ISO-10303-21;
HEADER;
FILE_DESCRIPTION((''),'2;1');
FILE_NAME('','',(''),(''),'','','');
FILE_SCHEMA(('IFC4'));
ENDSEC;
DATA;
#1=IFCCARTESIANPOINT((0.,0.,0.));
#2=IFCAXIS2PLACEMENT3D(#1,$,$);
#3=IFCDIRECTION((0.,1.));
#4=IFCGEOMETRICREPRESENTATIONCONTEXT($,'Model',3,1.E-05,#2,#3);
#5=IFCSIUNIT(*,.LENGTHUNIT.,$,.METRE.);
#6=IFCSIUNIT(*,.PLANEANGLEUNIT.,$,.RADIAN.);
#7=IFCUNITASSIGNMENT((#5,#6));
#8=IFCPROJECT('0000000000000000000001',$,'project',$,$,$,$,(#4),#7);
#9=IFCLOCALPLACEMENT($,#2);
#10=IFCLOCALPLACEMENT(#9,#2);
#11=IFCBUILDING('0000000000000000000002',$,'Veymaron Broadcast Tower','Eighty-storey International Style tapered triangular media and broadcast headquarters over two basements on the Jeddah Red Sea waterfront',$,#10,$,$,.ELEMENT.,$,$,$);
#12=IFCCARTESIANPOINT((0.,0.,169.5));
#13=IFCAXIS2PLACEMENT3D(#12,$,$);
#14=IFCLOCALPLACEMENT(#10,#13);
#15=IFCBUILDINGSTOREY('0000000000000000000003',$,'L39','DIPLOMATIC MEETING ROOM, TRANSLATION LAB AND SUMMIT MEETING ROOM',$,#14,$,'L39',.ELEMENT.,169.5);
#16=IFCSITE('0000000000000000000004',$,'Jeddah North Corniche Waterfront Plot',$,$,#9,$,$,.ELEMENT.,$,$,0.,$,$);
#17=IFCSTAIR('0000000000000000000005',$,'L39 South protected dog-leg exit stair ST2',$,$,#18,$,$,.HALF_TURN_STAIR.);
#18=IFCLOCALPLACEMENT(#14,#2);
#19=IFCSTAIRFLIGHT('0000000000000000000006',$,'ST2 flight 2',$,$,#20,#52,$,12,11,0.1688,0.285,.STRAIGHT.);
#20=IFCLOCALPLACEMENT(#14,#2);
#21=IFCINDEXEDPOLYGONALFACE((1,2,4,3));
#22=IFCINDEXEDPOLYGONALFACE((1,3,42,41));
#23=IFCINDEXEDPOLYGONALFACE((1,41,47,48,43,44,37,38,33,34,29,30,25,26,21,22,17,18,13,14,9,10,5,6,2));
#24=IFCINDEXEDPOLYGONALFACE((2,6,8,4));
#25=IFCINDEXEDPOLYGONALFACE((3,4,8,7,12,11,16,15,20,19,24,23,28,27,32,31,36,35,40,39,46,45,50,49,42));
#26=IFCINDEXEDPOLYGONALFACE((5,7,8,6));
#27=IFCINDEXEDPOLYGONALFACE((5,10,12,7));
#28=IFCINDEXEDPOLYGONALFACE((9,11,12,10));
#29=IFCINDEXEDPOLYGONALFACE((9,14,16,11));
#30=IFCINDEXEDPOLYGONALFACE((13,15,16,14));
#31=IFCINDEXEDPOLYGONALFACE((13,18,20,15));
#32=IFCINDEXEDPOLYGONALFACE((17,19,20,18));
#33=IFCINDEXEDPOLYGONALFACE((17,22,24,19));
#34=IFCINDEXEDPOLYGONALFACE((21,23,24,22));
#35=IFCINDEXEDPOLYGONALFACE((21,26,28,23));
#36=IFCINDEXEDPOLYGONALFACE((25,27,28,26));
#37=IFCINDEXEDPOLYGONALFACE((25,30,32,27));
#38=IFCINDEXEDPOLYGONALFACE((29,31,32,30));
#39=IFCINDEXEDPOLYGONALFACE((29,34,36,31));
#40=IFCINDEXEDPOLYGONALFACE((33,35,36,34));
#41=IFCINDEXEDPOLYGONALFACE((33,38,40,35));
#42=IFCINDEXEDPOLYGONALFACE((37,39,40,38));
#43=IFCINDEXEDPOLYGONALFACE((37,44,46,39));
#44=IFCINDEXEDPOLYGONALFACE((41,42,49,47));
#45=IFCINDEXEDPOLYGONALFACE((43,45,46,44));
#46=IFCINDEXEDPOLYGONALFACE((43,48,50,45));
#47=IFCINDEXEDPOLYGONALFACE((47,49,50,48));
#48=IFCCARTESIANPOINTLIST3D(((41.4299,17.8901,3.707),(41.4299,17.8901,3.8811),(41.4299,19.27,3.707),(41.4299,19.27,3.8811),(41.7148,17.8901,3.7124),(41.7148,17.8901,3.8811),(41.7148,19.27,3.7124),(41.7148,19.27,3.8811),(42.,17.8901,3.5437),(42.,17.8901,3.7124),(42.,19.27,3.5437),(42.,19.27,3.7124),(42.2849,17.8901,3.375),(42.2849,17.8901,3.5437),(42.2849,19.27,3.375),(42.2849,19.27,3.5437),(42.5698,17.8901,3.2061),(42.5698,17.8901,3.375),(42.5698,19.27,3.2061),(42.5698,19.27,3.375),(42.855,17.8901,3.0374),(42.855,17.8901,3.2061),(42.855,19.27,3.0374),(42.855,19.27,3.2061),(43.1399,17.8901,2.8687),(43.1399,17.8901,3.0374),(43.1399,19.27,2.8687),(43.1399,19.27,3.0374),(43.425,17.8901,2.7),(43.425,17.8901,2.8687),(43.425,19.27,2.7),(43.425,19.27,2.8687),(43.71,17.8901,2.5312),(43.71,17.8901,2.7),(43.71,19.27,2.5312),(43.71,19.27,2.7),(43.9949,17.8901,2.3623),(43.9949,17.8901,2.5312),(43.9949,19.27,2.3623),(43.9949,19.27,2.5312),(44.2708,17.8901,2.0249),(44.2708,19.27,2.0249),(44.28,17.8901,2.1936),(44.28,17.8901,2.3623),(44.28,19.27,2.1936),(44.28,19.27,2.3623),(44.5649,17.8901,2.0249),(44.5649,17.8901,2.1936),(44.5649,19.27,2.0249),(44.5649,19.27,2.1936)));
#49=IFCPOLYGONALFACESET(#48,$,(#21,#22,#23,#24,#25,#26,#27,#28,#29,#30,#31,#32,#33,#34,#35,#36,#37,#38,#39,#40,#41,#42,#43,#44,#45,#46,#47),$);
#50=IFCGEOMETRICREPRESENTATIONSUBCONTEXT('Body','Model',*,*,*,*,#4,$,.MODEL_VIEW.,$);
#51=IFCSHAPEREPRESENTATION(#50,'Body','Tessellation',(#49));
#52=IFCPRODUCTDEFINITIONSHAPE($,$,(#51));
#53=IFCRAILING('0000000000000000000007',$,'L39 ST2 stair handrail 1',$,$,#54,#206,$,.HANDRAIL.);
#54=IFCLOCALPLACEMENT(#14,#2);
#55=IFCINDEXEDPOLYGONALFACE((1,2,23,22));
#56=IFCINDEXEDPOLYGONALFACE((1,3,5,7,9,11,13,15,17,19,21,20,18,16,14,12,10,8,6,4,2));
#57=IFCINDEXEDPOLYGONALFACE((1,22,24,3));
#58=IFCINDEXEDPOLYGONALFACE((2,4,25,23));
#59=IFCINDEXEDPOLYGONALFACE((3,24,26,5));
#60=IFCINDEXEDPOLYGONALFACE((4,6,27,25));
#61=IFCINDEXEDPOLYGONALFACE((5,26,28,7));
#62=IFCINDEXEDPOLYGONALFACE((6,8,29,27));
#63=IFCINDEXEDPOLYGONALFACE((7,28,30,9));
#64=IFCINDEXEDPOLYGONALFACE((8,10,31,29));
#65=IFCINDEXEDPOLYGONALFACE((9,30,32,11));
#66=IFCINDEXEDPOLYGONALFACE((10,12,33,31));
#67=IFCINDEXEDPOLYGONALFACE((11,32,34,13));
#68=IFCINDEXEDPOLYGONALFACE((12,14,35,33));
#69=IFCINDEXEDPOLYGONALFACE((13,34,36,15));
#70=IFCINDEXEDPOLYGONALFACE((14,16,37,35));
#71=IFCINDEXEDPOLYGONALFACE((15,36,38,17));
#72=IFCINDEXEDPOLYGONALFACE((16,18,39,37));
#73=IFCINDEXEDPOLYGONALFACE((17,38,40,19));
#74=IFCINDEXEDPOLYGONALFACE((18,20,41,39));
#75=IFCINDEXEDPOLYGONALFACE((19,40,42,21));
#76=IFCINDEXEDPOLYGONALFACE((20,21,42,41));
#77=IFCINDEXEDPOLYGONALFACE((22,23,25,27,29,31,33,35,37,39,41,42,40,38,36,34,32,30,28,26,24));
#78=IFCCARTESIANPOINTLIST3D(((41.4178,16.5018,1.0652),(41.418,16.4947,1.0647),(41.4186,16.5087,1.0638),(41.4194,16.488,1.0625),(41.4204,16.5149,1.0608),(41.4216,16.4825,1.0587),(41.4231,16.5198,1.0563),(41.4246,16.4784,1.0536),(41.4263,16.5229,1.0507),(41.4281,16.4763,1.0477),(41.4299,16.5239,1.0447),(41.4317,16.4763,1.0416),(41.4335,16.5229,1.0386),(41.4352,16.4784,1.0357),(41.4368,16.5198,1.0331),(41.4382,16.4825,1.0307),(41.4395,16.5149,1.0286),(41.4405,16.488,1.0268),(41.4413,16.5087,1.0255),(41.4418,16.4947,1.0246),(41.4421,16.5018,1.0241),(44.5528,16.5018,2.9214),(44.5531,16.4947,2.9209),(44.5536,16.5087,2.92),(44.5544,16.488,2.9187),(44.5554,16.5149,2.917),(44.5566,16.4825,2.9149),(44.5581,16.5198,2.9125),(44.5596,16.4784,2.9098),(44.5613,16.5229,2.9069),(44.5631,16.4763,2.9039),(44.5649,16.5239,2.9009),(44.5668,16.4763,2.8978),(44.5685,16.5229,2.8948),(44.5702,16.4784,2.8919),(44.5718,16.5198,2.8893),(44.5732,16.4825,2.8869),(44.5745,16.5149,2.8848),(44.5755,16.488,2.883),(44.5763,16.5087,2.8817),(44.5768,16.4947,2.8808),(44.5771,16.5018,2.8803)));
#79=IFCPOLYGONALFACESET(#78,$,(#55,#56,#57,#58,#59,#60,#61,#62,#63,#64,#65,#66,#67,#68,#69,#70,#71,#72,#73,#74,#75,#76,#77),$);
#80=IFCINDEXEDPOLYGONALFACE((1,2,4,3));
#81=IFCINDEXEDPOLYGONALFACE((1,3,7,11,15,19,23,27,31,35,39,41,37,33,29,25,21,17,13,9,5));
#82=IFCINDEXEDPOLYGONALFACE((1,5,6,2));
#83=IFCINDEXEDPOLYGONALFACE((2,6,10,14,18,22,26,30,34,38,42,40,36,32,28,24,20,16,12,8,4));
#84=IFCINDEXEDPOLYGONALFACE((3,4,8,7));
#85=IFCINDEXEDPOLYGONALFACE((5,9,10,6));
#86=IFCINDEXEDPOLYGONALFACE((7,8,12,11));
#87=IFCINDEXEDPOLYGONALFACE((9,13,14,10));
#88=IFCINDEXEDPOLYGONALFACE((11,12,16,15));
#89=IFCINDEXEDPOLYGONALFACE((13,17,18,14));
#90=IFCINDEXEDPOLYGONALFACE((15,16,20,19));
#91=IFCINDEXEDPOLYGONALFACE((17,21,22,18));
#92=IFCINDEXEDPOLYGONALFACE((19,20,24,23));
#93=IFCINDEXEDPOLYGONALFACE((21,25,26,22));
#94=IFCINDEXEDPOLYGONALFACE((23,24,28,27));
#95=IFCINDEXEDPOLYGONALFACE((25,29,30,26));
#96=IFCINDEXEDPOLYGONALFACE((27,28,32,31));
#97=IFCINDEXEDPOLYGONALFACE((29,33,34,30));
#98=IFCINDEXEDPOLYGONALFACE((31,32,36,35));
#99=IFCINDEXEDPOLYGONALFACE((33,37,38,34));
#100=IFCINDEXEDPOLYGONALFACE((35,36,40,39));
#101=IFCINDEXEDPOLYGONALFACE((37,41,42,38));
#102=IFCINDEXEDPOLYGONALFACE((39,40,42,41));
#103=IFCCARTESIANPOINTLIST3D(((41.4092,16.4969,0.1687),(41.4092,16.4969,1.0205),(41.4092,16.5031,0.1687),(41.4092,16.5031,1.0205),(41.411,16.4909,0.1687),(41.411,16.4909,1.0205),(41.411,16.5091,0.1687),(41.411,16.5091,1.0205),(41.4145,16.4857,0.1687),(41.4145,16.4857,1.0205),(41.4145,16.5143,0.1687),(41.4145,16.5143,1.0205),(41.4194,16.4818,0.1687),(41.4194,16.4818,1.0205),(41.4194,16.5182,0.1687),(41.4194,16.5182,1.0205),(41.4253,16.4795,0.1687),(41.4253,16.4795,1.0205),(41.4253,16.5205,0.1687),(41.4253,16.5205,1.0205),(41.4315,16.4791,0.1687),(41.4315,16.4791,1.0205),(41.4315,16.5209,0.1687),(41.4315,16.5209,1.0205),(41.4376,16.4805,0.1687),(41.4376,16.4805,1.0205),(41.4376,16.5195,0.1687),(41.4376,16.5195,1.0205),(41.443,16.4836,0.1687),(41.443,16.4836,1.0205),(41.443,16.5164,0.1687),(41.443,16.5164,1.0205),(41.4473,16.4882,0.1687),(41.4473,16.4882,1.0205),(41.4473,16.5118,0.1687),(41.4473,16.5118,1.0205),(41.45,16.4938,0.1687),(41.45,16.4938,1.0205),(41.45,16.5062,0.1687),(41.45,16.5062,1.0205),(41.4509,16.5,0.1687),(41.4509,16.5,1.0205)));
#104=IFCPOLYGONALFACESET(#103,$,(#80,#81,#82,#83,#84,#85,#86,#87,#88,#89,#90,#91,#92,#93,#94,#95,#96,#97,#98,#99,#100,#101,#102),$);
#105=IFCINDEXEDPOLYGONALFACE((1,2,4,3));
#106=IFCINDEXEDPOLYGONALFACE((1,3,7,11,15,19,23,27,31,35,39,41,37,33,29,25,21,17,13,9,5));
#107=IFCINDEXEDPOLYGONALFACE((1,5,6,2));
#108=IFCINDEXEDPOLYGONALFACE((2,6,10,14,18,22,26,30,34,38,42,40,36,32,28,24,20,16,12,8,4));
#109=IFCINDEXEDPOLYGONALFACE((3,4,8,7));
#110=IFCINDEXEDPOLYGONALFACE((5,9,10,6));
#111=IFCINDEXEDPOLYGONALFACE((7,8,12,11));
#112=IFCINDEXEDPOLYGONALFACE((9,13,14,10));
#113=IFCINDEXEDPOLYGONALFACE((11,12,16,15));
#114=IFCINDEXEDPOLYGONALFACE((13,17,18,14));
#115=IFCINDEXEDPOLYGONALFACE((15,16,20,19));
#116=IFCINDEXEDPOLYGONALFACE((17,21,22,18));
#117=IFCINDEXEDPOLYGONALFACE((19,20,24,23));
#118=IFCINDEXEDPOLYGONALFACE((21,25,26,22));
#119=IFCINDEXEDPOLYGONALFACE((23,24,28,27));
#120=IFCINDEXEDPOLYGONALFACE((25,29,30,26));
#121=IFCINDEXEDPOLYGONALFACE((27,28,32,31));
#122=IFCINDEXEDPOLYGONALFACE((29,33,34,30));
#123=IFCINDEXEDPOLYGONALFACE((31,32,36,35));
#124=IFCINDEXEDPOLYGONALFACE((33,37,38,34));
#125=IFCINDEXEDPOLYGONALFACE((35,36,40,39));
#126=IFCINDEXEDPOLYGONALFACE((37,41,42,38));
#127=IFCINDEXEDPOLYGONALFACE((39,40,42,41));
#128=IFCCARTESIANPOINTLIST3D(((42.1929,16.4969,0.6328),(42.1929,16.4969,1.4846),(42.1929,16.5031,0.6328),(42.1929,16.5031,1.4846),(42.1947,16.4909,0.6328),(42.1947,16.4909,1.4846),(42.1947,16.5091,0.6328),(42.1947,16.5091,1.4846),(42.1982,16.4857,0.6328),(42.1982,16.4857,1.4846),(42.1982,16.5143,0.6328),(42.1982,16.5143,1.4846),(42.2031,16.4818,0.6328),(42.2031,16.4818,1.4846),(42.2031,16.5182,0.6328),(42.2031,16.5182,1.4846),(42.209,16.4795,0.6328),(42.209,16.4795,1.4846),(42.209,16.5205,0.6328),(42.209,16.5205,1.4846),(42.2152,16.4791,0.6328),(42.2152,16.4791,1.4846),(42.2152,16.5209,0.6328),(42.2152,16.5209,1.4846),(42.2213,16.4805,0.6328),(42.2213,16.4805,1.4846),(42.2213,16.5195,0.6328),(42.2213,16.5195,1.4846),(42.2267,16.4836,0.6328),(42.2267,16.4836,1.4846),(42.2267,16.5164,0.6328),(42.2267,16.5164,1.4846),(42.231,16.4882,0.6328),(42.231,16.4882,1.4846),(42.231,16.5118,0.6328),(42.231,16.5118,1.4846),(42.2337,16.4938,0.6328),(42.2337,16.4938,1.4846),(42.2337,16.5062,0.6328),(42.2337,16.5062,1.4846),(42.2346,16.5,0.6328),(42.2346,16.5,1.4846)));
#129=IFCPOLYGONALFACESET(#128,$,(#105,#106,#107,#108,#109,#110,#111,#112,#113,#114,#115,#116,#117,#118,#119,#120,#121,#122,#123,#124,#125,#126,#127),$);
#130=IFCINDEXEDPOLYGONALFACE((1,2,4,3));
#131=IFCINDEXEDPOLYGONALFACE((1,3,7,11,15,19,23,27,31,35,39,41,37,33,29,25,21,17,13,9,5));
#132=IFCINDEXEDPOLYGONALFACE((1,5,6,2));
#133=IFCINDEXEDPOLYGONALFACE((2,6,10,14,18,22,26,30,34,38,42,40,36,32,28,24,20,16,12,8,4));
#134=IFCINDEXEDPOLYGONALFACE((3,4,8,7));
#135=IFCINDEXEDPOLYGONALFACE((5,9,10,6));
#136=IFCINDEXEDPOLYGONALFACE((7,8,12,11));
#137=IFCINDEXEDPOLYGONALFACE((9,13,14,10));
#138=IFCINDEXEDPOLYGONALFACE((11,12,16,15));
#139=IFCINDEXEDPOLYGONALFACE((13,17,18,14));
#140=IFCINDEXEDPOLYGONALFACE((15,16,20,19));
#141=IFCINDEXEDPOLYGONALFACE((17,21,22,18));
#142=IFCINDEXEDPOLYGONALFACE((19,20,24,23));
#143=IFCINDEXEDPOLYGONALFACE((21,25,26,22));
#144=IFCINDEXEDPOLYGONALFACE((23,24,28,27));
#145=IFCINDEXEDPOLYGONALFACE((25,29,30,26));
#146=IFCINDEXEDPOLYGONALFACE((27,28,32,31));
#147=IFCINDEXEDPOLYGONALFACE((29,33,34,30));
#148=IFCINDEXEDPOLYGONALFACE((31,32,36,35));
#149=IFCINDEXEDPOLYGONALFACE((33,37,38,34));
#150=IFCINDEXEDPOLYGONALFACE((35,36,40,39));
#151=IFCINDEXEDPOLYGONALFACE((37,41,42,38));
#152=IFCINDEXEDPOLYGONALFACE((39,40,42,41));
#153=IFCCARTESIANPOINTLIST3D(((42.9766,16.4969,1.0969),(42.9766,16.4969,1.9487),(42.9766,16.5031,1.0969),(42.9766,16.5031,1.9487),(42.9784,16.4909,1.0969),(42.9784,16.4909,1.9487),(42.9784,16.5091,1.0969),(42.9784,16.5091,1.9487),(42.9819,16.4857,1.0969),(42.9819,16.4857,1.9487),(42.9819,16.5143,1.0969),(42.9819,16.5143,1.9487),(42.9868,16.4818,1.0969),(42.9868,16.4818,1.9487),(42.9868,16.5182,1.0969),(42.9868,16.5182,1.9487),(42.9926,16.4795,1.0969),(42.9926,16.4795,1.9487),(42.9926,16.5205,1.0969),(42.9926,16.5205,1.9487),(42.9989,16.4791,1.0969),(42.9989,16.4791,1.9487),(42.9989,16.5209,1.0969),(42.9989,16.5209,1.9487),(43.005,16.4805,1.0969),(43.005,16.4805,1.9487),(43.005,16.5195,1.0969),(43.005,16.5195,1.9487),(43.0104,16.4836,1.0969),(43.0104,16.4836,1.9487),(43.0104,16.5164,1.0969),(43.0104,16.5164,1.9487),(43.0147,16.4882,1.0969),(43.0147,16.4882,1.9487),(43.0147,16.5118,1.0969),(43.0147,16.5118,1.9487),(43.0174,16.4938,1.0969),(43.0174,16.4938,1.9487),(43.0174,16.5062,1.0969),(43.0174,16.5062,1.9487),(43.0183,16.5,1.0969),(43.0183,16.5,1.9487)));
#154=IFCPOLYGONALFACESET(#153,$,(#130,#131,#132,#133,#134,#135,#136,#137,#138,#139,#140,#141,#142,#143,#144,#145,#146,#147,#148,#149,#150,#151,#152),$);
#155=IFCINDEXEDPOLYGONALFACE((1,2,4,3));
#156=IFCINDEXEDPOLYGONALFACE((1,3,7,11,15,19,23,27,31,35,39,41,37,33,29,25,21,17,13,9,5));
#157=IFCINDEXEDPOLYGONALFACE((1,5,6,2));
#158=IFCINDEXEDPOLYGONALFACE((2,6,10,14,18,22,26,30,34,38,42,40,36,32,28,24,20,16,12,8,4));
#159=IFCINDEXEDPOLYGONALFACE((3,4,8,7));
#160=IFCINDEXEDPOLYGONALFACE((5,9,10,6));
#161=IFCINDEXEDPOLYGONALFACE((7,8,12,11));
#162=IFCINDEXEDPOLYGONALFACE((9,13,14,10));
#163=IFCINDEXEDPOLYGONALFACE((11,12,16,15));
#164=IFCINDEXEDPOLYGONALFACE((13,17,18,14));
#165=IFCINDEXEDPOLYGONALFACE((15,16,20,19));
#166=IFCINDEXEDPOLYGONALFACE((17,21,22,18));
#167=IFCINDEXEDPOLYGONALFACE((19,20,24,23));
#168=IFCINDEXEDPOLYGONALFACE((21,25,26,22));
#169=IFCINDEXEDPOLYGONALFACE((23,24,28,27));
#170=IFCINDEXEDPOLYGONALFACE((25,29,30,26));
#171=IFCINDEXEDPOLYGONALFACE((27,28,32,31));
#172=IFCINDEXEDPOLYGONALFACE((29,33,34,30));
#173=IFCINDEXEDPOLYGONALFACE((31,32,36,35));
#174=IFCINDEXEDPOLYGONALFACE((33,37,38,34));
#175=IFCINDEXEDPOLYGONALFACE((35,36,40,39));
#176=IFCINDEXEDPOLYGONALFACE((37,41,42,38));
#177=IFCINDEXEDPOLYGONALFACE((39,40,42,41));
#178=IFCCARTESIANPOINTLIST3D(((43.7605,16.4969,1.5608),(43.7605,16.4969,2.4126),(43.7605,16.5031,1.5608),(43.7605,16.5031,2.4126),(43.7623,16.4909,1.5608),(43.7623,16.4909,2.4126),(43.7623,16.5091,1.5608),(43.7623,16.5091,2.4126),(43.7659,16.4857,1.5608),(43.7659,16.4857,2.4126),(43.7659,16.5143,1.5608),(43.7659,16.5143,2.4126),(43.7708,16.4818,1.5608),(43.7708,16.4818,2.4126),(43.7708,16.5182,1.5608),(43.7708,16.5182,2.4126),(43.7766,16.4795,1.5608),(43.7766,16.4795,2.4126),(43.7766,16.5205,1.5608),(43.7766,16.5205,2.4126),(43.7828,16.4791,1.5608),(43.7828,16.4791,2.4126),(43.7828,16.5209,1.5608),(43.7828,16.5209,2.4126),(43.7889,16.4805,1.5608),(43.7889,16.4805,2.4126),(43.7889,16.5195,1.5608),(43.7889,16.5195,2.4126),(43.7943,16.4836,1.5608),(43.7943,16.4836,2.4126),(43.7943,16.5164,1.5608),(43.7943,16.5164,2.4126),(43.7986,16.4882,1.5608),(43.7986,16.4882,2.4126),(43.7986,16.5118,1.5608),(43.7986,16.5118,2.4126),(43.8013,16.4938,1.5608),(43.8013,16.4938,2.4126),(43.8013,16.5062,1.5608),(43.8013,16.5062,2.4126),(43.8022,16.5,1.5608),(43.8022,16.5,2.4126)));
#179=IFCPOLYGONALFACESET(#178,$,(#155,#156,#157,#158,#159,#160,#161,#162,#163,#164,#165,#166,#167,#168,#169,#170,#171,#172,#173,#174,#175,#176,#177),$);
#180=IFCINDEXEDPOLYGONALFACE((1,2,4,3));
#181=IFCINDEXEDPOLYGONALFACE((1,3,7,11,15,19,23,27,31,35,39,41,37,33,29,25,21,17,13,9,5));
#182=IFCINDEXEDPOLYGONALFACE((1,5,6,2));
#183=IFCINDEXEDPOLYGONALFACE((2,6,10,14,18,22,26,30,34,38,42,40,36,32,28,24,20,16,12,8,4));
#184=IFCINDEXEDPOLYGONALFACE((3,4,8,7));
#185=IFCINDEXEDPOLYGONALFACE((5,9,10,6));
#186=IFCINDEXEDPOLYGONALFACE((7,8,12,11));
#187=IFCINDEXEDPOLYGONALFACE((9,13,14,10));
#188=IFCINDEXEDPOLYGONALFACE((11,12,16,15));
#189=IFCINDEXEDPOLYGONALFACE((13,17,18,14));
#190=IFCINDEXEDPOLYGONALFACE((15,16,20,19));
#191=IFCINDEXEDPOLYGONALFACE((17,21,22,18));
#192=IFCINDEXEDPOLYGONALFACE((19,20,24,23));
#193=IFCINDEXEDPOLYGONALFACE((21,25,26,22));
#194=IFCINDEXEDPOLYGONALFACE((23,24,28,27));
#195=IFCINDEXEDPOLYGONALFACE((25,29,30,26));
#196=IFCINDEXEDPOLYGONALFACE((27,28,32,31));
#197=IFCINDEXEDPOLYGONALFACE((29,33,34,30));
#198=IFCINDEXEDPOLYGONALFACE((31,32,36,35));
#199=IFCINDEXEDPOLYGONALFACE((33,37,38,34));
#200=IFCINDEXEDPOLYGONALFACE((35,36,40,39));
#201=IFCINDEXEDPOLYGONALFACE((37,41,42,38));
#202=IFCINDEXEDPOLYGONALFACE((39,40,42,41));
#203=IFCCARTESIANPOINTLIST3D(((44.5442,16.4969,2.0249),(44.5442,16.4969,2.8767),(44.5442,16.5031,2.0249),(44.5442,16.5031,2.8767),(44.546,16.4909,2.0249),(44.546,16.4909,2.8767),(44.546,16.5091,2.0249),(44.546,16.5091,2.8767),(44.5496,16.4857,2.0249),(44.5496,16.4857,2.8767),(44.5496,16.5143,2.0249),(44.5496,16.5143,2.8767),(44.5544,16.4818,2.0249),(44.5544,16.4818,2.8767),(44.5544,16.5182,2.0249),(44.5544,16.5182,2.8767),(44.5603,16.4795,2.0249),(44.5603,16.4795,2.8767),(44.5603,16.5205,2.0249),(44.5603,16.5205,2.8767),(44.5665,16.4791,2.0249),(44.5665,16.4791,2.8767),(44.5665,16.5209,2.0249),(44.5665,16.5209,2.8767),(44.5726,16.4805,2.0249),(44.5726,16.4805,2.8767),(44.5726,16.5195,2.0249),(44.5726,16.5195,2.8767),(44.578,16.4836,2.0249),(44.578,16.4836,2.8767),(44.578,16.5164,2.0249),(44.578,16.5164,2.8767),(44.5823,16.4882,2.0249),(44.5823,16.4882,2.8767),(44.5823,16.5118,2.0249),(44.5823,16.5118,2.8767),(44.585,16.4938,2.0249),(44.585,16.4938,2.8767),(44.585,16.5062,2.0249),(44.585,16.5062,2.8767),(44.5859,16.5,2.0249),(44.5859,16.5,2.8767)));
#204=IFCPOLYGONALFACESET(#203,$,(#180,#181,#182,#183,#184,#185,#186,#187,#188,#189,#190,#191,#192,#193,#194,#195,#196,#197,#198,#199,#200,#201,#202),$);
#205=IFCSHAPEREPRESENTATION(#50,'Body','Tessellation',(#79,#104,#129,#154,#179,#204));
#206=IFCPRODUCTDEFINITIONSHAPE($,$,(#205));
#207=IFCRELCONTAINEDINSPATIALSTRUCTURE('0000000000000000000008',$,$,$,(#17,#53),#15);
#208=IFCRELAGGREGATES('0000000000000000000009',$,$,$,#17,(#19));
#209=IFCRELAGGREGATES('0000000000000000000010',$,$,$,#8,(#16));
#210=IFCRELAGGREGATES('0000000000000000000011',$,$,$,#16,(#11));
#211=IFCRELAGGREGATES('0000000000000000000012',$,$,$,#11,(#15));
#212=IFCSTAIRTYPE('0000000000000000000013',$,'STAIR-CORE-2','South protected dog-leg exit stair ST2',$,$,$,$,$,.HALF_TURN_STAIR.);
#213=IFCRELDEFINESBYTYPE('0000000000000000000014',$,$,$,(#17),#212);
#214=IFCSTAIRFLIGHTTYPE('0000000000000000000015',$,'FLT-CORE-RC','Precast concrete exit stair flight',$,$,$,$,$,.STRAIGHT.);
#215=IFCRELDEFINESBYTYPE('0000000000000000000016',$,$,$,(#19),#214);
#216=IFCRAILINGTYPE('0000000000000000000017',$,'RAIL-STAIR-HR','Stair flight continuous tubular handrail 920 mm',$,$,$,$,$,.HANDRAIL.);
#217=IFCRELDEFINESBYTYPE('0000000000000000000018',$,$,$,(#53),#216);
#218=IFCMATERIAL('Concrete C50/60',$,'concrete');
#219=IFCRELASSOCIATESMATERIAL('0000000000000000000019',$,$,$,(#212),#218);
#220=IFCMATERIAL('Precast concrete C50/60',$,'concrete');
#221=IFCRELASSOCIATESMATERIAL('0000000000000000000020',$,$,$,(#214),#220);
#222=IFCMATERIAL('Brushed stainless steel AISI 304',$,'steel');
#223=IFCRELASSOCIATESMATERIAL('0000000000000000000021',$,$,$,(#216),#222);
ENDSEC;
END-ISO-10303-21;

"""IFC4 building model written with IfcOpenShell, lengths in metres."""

from ifc_helpers import new_model, si_unit, direction, frame, origin, origin_2d, place, context, subcontext, project, spatial, polyline, circle, outline, extrude, material, type_object, element, aggregate, save


model = new_model("IFC4")

# Units and contexts
model_context = context("Model", 3, precision=1e-05, world=origin(), true_north=direction((0.0, 1.0)))
body_context = subcontext(model_context, "Body", "Model", "MODEL_VIEW")
ifc_project = project(units=[si_unit("LENGTHUNIT", "METRE"), si_unit("PLANEANGLEUNIT", "RADIAN")], contexts=[model_context])

# Site, building, storey
site_placement = place(None, origin())
site = spatial("IfcSite", under=ifc_project, at=site_placement, Name="Jeddah North Corniche Waterfront Plot", CompositionType="ELEMENT", RefElevation=0.0)
building_placement = place(site_placement, origin())
building = spatial("IfcBuilding", under=site, at=building_placement, Name="Veymaron Broadcast Tower", Description="Eighty-storey International Style tapered triangular media and broadcast headquarters over two basements on the Jeddah Red Sea waterfront", CompositionType="ELEMENT")
storey_placement = place(building_placement, frame((0.0, 0.0, 169.5)))
storey = spatial("IfcBuildingStorey", under=building, at=storey_placement, Name="L39", Description="DIPLOMATIC MEETING ROOM, TRANSLATION LAB AND SUMMIT MEETING ROOM", LongName="L39", CompositionType="ELEMENT", Elevation=169.5)

# Shared definitions
ifc_material_1 = material(Name="Brushed stainless steel AISI 304", Category="steel")

# Shared definitions
ifc_material_2 = material(Name="Concrete C50/60", Category="concrete")

# Stair, stair flight
stair_type = type_object("IfcStairType", Name="STAIR-CORE-2", Description="South protected dog-leg exit stair ST2", PredefinedType="HALF_TURN_STAIR", material=ifc_material_2)
stair_placement = place(storey_placement, origin())
stair = element("IfcStair", 1, at=stair_placement, inside=storey, type_object=stair_type, Name="L39 South protected dog-leg exit stair ST2", PredefinedType="HALF_TURN_STAIR")
ifc_material_3 = material(Name="Precast concrete C50/60", Category="concrete")
stair_flight_type = type_object("IfcStairFlightType", Name="FLT-CORE-RC", Description="Precast concrete exit stair flight", PredefinedType="STRAIGHT", material=ifc_material_3)
stair_flight_1_placement = place(storey_placement, frame((44.5649, 18.5801, 2.0249), z_axis=(0.0, 0.0, 1.0), x_axis=(-1.0, 0.0, 0.0)))
stair_flight_1 = element("IfcStairFlight", 2, at=stair_flight_1_placement, type_object=stair_flight_type, Name="ST2 flight 2", NumberOfRisers=12, NumberOfTreads=11, PredefinedType="STRAIGHT", RiserHeight=0.1688, TreadLength=0.285, context=body_context, shape_type="SweptSolid", body=[
    extrude(outline(polyline([(0.0, 0.0), (0.0, 0.1687), (0.2849, 0.1687), (0.2849, 0.3374), (0.5701, 0.3374), (0.5701, 0.5063), (0.855, 0.5063), (0.855, 0.675), (1.1399, 0.675), (1.1399, 0.8438), (1.425, 0.8438), (1.425, 1.0125), (1.71, 1.0125), (1.71, 1.1812), (1.9951, 1.1812), (1.9951, 1.3501), (2.28, 1.3501), (2.28, 1.5188), (2.5649, 1.5188), (2.5649, 1.6875), (2.8501, 1.6875), (2.8501, 1.8562), (3.135, 1.8562), (3.135, 2.0249), (3.135, 1.6821), (0.2942, 0.0), (0.0, 0.0)])), frame((0.0, 0.6899, 0.0), z_axis=(0.0, -1.0, 0.0), x_axis=(1.0, 0.0, 0.0)), (0.0, 0.0, 1.0), 1.3799),
])
aggregate(stair, [stair_flight_1])

# Railing
railing_type_1 = type_object("IfcRailingType", Name="RAIL-STAIR-HR", Description="Stair flight continuous tubular handrail 920 mm", PredefinedType="HANDRAIL", material=ifc_material_1)
railing_1_placement = place(storey_placement, frame((41.4299, 16.5, 0.1687)))
element("IfcRailing", 3, at=railing_1_placement, inside=storey, type_object=railing_type_1, Name="L39 ST2 stair handrail 1", PredefinedType="HANDRAIL", context=body_context, shape_type="SweptSolid", body=[
    extrude(circle(Radius=0.0239, at=origin_2d()), frame((0.0, 0.0, 0.876), z_axis=(0.860482, 0.0, 0.509481), x_axis=(0.0, 1.0, 0.0)), (0.0, 0.0, 1.0), 3.6433),
    extrude(circle(Radius=0.021, at=origin_2d()), origin(), (0.0, 0.0, 1.0), 0.8518),
    extrude(circle(Radius=0.021, at=origin_2d()), frame((0.7837, 0.0, 0.4641)), (0.0, 0.0, 1.0), 0.8518),
    extrude(circle(Radius=0.021, at=origin_2d()), frame((1.5674, 0.0, 0.9282)), (0.0, 0.0, 1.0), 0.8518),
    extrude(circle(Radius=0.021, at=origin_2d()), frame((2.3513, 0.0, 1.3921)), (0.0, 0.0, 1.0), 0.8518),
    extrude(circle(Radius=0.021, at=origin_2d()), frame((3.135, 0.0, 1.8562)), (0.0, 0.0, 1.0), 0.8518),
])

save(model, "model.ifc")
